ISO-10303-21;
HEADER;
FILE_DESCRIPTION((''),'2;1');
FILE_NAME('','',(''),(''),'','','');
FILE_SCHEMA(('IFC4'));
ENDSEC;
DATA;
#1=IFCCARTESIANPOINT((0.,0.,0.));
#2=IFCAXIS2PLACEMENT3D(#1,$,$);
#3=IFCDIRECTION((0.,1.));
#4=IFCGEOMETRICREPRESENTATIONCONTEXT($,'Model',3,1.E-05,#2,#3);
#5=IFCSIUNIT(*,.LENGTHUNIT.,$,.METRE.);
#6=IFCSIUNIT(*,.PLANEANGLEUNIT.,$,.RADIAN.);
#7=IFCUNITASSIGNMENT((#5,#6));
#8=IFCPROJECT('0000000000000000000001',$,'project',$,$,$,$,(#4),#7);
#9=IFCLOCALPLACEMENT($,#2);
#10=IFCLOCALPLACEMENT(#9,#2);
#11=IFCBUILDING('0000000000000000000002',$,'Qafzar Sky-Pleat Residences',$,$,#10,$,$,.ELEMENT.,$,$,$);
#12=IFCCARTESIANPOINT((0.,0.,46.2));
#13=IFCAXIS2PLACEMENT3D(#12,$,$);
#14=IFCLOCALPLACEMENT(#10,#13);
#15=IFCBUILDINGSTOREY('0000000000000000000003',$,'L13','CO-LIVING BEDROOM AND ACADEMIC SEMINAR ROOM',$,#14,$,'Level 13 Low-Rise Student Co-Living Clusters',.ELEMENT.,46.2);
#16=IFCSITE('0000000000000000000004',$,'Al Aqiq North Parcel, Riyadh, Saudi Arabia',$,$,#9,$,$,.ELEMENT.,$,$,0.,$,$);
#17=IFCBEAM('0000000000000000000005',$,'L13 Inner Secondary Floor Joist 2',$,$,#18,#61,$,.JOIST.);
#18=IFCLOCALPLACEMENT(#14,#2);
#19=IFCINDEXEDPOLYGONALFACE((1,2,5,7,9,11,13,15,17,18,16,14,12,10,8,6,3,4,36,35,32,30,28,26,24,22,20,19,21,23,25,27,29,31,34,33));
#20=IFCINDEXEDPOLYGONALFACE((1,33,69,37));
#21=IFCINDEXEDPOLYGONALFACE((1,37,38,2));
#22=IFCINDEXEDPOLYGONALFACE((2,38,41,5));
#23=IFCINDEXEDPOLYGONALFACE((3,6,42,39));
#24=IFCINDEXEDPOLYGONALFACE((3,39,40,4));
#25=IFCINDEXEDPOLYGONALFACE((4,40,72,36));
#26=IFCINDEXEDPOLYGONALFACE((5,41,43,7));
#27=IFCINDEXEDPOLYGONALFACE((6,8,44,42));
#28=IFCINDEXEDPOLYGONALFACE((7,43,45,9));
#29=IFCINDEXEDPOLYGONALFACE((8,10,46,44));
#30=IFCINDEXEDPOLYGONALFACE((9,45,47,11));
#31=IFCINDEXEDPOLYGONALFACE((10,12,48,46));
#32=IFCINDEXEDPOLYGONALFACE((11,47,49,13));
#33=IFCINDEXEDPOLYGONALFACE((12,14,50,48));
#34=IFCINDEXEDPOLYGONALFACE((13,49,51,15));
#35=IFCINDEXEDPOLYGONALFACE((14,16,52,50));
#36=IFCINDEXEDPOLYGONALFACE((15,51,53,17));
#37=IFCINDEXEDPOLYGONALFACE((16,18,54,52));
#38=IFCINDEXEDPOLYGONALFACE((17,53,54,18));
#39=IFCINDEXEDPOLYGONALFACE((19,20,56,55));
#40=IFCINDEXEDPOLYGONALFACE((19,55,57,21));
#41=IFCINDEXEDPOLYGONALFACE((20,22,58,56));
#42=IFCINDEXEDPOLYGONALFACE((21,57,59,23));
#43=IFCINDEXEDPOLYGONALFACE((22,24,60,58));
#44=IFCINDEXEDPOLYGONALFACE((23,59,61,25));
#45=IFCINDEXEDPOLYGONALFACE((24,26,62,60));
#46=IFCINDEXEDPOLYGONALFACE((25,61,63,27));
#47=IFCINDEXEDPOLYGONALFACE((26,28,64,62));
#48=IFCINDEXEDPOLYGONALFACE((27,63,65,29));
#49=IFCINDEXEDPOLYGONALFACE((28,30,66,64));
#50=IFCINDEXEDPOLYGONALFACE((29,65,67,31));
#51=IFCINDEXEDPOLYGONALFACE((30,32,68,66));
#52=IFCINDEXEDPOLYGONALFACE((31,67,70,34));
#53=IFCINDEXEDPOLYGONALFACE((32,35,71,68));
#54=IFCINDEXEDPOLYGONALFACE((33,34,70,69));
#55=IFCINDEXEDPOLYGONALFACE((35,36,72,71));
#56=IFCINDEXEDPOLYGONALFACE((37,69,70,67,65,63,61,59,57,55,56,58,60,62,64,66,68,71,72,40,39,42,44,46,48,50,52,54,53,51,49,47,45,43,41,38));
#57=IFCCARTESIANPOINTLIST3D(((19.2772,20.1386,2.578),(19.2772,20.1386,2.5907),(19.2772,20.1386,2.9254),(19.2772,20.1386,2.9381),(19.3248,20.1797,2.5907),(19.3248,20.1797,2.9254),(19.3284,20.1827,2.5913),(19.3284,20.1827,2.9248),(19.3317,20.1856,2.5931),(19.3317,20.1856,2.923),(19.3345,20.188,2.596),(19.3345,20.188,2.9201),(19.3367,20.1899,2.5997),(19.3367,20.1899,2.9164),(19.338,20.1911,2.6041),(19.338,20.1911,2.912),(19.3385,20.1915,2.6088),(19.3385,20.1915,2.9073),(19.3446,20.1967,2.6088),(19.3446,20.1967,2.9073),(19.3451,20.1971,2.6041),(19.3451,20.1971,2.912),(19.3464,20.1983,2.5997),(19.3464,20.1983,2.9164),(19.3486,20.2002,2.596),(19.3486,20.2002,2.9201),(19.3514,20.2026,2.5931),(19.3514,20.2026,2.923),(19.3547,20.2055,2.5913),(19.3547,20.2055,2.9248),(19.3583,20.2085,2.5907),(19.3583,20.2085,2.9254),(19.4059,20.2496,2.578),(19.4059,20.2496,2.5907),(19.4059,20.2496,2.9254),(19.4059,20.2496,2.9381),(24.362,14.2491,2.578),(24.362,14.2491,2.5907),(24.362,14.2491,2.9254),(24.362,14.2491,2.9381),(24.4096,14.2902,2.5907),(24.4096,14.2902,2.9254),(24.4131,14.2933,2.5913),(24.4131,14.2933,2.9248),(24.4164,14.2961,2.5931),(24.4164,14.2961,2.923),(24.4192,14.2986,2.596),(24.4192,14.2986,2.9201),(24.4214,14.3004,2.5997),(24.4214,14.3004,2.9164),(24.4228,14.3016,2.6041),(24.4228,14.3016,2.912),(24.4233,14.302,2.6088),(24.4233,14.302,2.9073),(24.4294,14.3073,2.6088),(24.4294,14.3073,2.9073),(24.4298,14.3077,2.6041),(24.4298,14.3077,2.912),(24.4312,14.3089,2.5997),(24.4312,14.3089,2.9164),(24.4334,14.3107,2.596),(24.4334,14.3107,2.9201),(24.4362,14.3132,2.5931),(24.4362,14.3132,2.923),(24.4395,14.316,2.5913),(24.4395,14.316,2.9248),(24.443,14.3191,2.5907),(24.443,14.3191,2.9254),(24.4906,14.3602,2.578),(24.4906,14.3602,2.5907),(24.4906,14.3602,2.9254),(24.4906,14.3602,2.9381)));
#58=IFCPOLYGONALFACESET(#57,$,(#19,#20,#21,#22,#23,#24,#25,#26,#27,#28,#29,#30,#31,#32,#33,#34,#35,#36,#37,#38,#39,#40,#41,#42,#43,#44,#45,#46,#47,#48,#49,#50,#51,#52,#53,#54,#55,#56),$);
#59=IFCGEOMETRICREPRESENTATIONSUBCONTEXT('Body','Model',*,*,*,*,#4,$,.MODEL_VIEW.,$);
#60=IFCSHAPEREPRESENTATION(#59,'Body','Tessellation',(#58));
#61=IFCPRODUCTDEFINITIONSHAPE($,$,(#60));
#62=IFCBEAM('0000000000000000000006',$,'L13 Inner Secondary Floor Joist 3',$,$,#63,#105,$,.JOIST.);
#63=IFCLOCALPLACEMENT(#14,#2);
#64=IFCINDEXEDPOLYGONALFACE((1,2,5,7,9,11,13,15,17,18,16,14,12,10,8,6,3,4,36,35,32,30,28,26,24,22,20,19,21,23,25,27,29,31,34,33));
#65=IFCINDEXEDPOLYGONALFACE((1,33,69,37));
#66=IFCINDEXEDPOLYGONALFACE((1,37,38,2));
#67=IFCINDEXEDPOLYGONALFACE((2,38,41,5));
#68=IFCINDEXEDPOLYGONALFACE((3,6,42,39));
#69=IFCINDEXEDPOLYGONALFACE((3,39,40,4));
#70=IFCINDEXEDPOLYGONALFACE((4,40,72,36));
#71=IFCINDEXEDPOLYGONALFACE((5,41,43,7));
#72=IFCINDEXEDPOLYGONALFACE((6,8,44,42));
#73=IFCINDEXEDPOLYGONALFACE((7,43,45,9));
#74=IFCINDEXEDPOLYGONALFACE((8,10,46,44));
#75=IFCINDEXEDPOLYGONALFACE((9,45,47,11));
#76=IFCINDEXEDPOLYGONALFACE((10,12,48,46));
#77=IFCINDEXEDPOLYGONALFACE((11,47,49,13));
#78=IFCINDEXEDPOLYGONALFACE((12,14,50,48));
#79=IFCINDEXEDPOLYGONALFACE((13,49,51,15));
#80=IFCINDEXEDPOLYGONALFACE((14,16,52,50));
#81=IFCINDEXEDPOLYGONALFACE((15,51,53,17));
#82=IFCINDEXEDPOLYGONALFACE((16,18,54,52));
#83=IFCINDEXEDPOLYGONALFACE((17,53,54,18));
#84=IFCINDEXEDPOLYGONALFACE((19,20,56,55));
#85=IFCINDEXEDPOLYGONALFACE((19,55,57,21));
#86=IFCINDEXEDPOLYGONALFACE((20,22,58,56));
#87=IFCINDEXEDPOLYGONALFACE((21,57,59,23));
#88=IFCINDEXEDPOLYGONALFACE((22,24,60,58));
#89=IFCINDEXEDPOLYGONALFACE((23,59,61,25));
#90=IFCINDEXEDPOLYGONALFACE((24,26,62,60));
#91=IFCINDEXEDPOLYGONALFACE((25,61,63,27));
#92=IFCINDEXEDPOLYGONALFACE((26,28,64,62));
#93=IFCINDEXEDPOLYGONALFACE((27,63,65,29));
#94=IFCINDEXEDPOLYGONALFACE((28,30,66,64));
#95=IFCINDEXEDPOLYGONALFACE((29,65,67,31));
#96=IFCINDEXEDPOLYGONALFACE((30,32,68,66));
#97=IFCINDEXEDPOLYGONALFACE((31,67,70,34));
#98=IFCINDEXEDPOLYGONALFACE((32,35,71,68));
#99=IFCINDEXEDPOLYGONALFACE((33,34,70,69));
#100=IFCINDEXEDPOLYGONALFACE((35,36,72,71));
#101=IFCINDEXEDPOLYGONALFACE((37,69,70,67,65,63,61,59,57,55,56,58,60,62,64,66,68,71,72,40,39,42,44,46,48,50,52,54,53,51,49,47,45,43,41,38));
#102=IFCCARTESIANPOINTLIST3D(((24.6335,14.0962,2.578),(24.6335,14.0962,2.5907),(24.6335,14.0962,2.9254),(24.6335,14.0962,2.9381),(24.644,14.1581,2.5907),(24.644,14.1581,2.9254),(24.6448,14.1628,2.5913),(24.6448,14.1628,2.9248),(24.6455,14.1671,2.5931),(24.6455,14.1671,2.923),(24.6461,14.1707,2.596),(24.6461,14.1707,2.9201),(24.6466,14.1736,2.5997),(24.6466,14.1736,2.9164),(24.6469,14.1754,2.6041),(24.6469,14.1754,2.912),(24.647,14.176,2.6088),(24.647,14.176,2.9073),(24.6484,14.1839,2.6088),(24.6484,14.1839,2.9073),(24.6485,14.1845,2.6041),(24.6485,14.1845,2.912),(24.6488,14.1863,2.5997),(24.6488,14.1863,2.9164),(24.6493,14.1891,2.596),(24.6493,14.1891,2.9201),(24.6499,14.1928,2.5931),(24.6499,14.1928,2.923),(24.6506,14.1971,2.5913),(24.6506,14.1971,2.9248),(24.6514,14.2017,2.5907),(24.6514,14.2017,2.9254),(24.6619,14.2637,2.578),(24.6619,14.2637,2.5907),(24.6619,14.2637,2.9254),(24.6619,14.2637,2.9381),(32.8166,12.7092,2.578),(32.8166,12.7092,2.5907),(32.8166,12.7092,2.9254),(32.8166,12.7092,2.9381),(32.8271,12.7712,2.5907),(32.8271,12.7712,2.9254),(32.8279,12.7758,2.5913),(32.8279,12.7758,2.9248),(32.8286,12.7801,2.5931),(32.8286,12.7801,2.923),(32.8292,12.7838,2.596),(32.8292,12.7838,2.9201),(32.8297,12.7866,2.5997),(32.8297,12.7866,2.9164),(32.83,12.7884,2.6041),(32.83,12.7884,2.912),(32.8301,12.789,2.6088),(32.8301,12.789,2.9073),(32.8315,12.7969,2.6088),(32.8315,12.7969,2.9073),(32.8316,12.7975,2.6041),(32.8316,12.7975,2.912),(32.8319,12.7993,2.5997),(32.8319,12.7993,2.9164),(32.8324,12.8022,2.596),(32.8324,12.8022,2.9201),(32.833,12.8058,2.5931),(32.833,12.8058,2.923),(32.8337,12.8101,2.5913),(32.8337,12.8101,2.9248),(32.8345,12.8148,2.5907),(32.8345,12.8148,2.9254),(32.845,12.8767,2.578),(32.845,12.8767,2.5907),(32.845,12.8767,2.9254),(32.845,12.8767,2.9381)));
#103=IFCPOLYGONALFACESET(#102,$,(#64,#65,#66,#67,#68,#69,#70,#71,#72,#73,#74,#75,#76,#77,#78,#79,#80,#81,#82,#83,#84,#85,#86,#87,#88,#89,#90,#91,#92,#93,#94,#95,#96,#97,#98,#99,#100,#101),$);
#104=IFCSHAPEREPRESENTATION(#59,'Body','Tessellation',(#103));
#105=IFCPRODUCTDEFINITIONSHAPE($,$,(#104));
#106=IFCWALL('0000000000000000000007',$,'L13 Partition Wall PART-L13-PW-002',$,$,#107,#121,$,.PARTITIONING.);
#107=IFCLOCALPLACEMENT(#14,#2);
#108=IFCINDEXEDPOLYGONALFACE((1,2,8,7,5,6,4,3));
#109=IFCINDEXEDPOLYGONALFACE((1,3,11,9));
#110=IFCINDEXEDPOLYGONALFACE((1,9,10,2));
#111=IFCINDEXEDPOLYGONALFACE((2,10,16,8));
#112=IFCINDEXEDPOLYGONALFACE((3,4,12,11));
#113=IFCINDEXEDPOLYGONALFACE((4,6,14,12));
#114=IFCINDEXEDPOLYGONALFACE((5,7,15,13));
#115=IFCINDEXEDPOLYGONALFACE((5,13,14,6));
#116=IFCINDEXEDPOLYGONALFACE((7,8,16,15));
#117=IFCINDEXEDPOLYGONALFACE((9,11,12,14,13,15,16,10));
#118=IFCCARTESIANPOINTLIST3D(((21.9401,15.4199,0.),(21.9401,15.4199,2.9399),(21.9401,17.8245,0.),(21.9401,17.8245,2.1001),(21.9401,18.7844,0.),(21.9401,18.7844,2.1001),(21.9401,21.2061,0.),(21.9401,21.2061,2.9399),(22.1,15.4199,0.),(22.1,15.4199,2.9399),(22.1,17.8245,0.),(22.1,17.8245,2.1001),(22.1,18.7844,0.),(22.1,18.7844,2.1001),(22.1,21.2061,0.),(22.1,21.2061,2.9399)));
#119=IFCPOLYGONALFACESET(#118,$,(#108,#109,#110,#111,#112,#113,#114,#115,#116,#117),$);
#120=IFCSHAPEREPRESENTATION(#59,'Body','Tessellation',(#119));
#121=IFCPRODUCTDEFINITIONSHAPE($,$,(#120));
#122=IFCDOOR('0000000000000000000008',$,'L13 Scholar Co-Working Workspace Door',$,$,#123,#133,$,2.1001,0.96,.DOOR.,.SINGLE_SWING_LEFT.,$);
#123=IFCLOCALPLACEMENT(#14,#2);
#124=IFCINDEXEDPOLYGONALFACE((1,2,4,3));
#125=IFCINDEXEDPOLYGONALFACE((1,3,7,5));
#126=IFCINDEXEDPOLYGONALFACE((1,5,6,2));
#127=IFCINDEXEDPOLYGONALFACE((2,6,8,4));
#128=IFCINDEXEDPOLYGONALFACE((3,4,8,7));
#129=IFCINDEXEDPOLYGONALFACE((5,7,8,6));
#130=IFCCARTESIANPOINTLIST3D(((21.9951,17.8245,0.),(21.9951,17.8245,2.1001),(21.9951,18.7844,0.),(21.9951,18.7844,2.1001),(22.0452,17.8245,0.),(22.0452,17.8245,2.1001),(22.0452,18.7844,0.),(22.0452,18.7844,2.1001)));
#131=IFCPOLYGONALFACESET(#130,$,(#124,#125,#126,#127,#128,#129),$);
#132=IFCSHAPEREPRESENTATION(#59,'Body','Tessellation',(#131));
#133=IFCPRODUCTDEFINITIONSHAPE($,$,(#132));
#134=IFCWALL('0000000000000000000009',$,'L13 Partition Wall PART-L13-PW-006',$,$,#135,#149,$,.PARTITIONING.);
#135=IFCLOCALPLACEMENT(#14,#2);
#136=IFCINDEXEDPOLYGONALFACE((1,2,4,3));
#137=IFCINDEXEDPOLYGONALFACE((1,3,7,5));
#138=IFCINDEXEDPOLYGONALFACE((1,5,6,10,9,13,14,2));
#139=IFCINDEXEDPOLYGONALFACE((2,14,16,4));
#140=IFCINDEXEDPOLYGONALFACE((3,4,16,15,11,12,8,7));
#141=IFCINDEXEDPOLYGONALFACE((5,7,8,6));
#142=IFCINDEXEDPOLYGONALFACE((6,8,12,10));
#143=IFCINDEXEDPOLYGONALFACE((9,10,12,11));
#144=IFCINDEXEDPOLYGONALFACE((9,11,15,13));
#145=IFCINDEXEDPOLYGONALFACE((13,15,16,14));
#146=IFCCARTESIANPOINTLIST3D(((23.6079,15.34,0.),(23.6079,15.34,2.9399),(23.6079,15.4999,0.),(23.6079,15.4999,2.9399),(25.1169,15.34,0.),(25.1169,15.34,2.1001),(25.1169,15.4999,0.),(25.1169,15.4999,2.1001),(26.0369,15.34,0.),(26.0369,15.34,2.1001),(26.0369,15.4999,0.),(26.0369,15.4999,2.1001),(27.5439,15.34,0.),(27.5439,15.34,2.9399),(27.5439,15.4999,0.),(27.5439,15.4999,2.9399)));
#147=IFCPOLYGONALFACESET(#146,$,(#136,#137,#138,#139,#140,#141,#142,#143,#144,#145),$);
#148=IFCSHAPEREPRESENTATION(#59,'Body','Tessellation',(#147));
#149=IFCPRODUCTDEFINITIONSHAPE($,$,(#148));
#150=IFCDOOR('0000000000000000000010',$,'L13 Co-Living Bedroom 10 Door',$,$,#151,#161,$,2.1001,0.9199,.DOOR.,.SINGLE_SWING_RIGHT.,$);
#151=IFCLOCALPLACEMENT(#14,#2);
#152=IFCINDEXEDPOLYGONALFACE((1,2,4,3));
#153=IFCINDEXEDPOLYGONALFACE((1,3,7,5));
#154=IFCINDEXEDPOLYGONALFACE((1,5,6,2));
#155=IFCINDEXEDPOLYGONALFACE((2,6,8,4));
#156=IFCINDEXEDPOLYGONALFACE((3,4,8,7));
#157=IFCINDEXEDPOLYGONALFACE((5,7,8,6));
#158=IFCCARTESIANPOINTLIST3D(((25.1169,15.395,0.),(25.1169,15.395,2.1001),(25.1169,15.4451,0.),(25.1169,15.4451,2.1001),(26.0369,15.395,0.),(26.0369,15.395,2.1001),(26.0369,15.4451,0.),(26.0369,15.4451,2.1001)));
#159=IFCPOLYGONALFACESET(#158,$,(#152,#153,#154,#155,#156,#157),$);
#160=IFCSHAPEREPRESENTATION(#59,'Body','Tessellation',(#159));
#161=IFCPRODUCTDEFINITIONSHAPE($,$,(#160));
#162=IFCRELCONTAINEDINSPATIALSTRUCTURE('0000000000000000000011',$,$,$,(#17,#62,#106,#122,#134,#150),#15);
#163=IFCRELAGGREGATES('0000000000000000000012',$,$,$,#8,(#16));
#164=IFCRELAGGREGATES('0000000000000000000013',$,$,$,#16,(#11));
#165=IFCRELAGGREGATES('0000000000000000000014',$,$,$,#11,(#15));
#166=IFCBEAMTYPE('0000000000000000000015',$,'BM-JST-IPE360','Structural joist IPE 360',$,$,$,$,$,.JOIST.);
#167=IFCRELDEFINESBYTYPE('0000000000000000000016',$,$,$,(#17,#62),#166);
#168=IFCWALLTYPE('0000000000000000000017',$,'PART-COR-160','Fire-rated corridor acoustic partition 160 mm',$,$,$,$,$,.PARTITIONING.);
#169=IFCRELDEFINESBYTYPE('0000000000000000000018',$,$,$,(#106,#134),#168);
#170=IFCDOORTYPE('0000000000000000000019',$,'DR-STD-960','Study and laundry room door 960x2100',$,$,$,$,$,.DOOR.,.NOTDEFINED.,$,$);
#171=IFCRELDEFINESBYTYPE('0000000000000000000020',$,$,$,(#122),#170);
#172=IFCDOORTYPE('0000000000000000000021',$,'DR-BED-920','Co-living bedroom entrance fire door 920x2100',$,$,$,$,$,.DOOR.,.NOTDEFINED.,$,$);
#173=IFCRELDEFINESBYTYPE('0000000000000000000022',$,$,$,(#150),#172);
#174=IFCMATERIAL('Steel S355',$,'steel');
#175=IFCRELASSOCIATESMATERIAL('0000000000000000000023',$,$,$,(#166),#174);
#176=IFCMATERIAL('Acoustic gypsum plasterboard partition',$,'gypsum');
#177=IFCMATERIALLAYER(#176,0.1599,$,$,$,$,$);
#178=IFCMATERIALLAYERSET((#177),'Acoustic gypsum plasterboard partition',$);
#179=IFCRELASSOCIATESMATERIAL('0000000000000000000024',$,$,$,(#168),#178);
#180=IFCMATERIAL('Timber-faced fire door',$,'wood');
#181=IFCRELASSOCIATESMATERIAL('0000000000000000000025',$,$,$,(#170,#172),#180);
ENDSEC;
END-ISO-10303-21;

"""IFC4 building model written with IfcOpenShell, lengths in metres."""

from ifc_helpers import new_model, si_unit, direction, frame, frame_2d, origin, origin_2d, place, context, subcontext, project, spatial, rectangle, i_section, extrude, source, transform, mapped, material, layer, layer_set, material_profile, profile_set, type_object, element, fill, save


model = new_model("IFC4")

# Units and contexts
model_context = context("Model", 3, precision=1e-05, world=origin(), true_north=direction((0.0, 1.0)))
body_context = subcontext(model_context, "Body", "Model", "MODEL_VIEW")
ifc_project = project(units=[si_unit("LENGTHUNIT", "METRE"), si_unit("PLANEANGLEUNIT", "RADIAN")], contexts=[model_context])

# Site, building, storey
site_placement = place(None, origin())
site = spatial("IfcSite", under=ifc_project, at=site_placement, Name="Al Aqiq North Parcel, Riyadh, Saudi Arabia", CompositionType="ELEMENT", RefElevation=0.0)
building_placement = place(site_placement, origin())
building = spatial("IfcBuilding", under=site, at=building_placement, Name="Qafzar Sky-Pleat Residences", CompositionType="ELEMENT")
storey_placement = place(building_placement, frame((0.0, 0.0, 46.2)))
storey = spatial("IfcBuildingStorey", under=building, at=storey_placement, Name="L13", Description="CO-LIVING BEDROOM AND ACADEMIC SEMINAR ROOM", LongName="Level 13 Low-Rise Student Co-Living Clusters", CompositionType="ELEMENT", Elevation=46.2)

# Beams
ifc_material_1 = material(Name="Steel S355", Category="steel")
ifc_material_profile = material_profile(ifc_material_1, i_section(OverallWidth=0.1699, OverallDepth=0.3601, WebThickness=0.0081, FlangeThickness=0.0127, FilletRadius=0.0181, at=origin_2d()), Name="IPE 360")
ifc_profile_set = profile_set([ifc_material_profile], Name="Steel S355")
beam_type = type_object("IfcBeamType", Name="BM-JST-IPE360", Description="Structural joist IPE 360", PredefinedType="JOIST", material=ifc_profile_set)
shared_shape_1 = source(origin(), body_context, "Body", "SweptSolid", [
    extrude(i_section(OverallWidth=0.1699, OverallDepth=0.3601, WebThickness=0.0081, FlangeThickness=0.0127, FilletRadius=0.0181, at=origin_2d()), origin(), (0.0, 0.0, 1.0), 7.7808),
])
beam_1_placement = place(storey_placement, frame((19.3416, 20.1941, 2.7581), z_axis=(0.653503, -0.756924, 0.0), x_axis=(0.756924, 0.653503, 0.0)))
element("IfcBeam", 1, at=beam_1_placement, inside=storey, type_object=beam_type, Name="L13 Inner Secondary Floor Joist 2", PredefinedType="JOIST", context=body_context, shape_type="MappedRepresentation", body=[
    mapped(shared_shape_1, transform((0.0, 0.0, 0.0), x_axis=(1.0, 0.0, 0.0), y_axis=(0.0, 1.0, 0.0), z_axis=(0.0, 0.0, 1.0), scale=1.0)),
])
shared_shape_2 = source(origin(), body_context, "Body", "SweptSolid", [
    extrude(i_section(OverallWidth=0.1699, OverallDepth=0.3601, WebThickness=0.0081, FlangeThickness=0.0127, FilletRadius=0.0181, at=origin_2d()), origin(), (0.0, 0.0, 1.0), 8.2998),
])
beam_2_placement = place(storey_placement, frame((24.6477, 14.1799, 2.7581), z_axis=(0.985939, -0.167108, 0.0), x_axis=(0.167108, 0.985939, 0.0)))
element("IfcBeam", 2, at=beam_2_placement, inside=storey, type_object=beam_type, Name="L13 Inner Secondary Floor Joist 3", PredefinedType="JOIST", context=body_context, shape_type="MappedRepresentation", body=[
    mapped(shared_shape_2, transform((0.0, 0.0, 0.0), x_axis=(1.0, 0.0, 0.0), y_axis=(0.0, 1.0, 0.0), z_axis=(0.0, 0.0, 1.0), scale=1.0)),
])

# Walls, openings, doors
ifc_material_2 = material(Name="Acoustic gypsum plasterboard partition", Category="gypsum")
ifc_layer_1 = layer(ifc_material_2, 0.1599)
ifc_layer_set_1 = layer_set([ifc_layer_1], Name="Acoustic gypsum plasterboard partition")
wall_type_1 = type_object("IfcWallType", Name="PART-COR-160", Description="Fire-rated corridor acoustic partition 160 mm", PredefinedType="PARTITIONING", material=ifc_layer_set_1)
wall_1_placement = place(storey_placement, frame((22.02, 15.4199, 0.0), z_axis=(0.0, 0.0, 1.0), x_axis=(0.0, 1.0, 0.0)))
wall_1 = element("IfcWall", 3, at=wall_1_placement, inside=storey, type_object=wall_type_1, Name="L13 Partition Wall PART-L13-PW-002", PredefinedType="PARTITIONING", context=body_context, shape_type="SweptSolid", body=[
    extrude(rectangle(XDim=5.7861, YDim=0.1599, at=frame_2d((2.8931, 0.0))), origin(), (0.0, 0.0, 1.0), 2.9399),
])
opening_1_placement = place(wall_1_placement, frame((2.4045, 0.0, 0.0)))
opening_1 = element("IfcOpeningElement", 4, at=opening_1_placement, cuts=wall_1, PredefinedType="OPENING", context=body_context, shape_type="SweptSolid", body=[
    extrude(rectangle(XDim=0.96, YDim=2.1001, at=frame_2d((0.48, 1.05))), frame((0.0, 0.0898, 0.0), z_axis=(0.0, -1.0, 0.0), x_axis=(1.0, 0.0, 0.0)), (0.0, 0.0, 1.0), 0.1799),
])
ifc_material_3 = material(Name="Timber-faced fire door", Category="wood")
door_type_1 = type_object("IfcDoorType", Name="DR-STD-960", Description="Study and laundry room door 960x2100", OperationType="NOTDEFINED", PredefinedType="DOOR", material=ifc_material_3)
shared_shape_3 = source(origin(), body_context, "Body", "SweptSolid", [
    extrude(rectangle(XDim=0.96, YDim=2.1001, at=frame_2d((0.48, 1.05))), frame((0.0, 0.0249, 0.0), z_axis=(0.0, -1.0, 0.0), x_axis=(1.0, 0.0, 0.0)), (0.0, 0.0, 1.0), 0.05),
])
door_1_placement = place(opening_1_placement, origin())
door_1 = element("IfcDoor", 5, at=door_1_placement, inside=storey, type_object=door_type_1, Name="L13 Scholar Co-Working Workspace Door", OperationType="SINGLE_SWING_LEFT", OverallHeight=2.1001, OverallWidth=0.96, PredefinedType="DOOR", context=body_context, shape_type="MappedRepresentation", body=[
    mapped(shared_shape_3, transform((0.0, 0.0, 0.0), x_axis=(1.0, 0.0, 0.0), y_axis=(0.0, 1.0, 0.0), z_axis=(0.0, 0.0, 1.0), scale=1.0)),
])
fill(opening_1, door_1)
wall_2_placement = place(storey_placement, frame((27.5439, 15.4199, 0.0), z_axis=(0.0, 0.0, 1.0), x_axis=(-1.0, 0.0, 0.0)))
wall_2 = element("IfcWall", 6, at=wall_2_placement, inside=storey, type_object=wall_type_1, Name="L13 Partition Wall PART-L13-PW-006", PredefinedType="PARTITIONING", context=body_context, shape_type="SweptSolid", body=[
    extrude(rectangle(XDim=3.936, YDim=0.1599, at=frame_2d((1.968, 0.0))), origin(), (0.0, 0.0, 1.0), 2.9399),
])
opening_2_placement = place(wall_2_placement, frame((1.5071, 0.0, 0.0)))
opening_2 = element("IfcOpeningElement", 7, at=opening_2_placement, cuts=wall_2, PredefinedType="OPENING", context=body_context, shape_type="SweptSolid", body=[
    extrude(rectangle(XDim=0.9199, YDim=2.1001, at=frame_2d((0.46, 1.05))), frame((0.0, 0.0898, 0.0), z_axis=(0.0, -1.0, 0.0), x_axis=(1.0, 0.0, 0.0)), (0.0, 0.0, 1.0), 0.1799),
])
door_type_2 = type_object("IfcDoorType", Name="DR-BED-920", Description="Co-living bedroom entrance fire door 920x2100", OperationType="NOTDEFINED", PredefinedType="DOOR", material=ifc_material_3)
shared_shape_4 = source(origin(), body_context, "Body", "SweptSolid", [
    extrude(rectangle(XDim=0.9199, YDim=2.1001, at=frame_2d((0.46, 1.05))), frame((0.0, 0.0249, 0.0), z_axis=(0.0, -1.0, 0.0), x_axis=(1.0, 0.0, 0.0)), (0.0, 0.0, 1.0), 0.05),
])
door_2_placement = place(opening_2_placement, origin())
door_2 = element("IfcDoor", 8, at=door_2_placement, inside=storey, type_object=door_type_2, Name="L13 Co-Living Bedroom 10 Door", OperationType="SINGLE_SWING_RIGHT", OverallHeight=2.1001, OverallWidth=0.9199, PredefinedType="DOOR", context=body_context, shape_type="MappedRepresentation", body=[
    mapped(shared_shape_4, transform((0.0, 0.0, 0.0), x_axis=(1.0, 0.0, 0.0), y_axis=(0.0, 1.0, 0.0), z_axis=(0.0, 0.0, 1.0), scale=1.0)),
])
fill(opening_2, door_2)

save(model, "model.ifc")
